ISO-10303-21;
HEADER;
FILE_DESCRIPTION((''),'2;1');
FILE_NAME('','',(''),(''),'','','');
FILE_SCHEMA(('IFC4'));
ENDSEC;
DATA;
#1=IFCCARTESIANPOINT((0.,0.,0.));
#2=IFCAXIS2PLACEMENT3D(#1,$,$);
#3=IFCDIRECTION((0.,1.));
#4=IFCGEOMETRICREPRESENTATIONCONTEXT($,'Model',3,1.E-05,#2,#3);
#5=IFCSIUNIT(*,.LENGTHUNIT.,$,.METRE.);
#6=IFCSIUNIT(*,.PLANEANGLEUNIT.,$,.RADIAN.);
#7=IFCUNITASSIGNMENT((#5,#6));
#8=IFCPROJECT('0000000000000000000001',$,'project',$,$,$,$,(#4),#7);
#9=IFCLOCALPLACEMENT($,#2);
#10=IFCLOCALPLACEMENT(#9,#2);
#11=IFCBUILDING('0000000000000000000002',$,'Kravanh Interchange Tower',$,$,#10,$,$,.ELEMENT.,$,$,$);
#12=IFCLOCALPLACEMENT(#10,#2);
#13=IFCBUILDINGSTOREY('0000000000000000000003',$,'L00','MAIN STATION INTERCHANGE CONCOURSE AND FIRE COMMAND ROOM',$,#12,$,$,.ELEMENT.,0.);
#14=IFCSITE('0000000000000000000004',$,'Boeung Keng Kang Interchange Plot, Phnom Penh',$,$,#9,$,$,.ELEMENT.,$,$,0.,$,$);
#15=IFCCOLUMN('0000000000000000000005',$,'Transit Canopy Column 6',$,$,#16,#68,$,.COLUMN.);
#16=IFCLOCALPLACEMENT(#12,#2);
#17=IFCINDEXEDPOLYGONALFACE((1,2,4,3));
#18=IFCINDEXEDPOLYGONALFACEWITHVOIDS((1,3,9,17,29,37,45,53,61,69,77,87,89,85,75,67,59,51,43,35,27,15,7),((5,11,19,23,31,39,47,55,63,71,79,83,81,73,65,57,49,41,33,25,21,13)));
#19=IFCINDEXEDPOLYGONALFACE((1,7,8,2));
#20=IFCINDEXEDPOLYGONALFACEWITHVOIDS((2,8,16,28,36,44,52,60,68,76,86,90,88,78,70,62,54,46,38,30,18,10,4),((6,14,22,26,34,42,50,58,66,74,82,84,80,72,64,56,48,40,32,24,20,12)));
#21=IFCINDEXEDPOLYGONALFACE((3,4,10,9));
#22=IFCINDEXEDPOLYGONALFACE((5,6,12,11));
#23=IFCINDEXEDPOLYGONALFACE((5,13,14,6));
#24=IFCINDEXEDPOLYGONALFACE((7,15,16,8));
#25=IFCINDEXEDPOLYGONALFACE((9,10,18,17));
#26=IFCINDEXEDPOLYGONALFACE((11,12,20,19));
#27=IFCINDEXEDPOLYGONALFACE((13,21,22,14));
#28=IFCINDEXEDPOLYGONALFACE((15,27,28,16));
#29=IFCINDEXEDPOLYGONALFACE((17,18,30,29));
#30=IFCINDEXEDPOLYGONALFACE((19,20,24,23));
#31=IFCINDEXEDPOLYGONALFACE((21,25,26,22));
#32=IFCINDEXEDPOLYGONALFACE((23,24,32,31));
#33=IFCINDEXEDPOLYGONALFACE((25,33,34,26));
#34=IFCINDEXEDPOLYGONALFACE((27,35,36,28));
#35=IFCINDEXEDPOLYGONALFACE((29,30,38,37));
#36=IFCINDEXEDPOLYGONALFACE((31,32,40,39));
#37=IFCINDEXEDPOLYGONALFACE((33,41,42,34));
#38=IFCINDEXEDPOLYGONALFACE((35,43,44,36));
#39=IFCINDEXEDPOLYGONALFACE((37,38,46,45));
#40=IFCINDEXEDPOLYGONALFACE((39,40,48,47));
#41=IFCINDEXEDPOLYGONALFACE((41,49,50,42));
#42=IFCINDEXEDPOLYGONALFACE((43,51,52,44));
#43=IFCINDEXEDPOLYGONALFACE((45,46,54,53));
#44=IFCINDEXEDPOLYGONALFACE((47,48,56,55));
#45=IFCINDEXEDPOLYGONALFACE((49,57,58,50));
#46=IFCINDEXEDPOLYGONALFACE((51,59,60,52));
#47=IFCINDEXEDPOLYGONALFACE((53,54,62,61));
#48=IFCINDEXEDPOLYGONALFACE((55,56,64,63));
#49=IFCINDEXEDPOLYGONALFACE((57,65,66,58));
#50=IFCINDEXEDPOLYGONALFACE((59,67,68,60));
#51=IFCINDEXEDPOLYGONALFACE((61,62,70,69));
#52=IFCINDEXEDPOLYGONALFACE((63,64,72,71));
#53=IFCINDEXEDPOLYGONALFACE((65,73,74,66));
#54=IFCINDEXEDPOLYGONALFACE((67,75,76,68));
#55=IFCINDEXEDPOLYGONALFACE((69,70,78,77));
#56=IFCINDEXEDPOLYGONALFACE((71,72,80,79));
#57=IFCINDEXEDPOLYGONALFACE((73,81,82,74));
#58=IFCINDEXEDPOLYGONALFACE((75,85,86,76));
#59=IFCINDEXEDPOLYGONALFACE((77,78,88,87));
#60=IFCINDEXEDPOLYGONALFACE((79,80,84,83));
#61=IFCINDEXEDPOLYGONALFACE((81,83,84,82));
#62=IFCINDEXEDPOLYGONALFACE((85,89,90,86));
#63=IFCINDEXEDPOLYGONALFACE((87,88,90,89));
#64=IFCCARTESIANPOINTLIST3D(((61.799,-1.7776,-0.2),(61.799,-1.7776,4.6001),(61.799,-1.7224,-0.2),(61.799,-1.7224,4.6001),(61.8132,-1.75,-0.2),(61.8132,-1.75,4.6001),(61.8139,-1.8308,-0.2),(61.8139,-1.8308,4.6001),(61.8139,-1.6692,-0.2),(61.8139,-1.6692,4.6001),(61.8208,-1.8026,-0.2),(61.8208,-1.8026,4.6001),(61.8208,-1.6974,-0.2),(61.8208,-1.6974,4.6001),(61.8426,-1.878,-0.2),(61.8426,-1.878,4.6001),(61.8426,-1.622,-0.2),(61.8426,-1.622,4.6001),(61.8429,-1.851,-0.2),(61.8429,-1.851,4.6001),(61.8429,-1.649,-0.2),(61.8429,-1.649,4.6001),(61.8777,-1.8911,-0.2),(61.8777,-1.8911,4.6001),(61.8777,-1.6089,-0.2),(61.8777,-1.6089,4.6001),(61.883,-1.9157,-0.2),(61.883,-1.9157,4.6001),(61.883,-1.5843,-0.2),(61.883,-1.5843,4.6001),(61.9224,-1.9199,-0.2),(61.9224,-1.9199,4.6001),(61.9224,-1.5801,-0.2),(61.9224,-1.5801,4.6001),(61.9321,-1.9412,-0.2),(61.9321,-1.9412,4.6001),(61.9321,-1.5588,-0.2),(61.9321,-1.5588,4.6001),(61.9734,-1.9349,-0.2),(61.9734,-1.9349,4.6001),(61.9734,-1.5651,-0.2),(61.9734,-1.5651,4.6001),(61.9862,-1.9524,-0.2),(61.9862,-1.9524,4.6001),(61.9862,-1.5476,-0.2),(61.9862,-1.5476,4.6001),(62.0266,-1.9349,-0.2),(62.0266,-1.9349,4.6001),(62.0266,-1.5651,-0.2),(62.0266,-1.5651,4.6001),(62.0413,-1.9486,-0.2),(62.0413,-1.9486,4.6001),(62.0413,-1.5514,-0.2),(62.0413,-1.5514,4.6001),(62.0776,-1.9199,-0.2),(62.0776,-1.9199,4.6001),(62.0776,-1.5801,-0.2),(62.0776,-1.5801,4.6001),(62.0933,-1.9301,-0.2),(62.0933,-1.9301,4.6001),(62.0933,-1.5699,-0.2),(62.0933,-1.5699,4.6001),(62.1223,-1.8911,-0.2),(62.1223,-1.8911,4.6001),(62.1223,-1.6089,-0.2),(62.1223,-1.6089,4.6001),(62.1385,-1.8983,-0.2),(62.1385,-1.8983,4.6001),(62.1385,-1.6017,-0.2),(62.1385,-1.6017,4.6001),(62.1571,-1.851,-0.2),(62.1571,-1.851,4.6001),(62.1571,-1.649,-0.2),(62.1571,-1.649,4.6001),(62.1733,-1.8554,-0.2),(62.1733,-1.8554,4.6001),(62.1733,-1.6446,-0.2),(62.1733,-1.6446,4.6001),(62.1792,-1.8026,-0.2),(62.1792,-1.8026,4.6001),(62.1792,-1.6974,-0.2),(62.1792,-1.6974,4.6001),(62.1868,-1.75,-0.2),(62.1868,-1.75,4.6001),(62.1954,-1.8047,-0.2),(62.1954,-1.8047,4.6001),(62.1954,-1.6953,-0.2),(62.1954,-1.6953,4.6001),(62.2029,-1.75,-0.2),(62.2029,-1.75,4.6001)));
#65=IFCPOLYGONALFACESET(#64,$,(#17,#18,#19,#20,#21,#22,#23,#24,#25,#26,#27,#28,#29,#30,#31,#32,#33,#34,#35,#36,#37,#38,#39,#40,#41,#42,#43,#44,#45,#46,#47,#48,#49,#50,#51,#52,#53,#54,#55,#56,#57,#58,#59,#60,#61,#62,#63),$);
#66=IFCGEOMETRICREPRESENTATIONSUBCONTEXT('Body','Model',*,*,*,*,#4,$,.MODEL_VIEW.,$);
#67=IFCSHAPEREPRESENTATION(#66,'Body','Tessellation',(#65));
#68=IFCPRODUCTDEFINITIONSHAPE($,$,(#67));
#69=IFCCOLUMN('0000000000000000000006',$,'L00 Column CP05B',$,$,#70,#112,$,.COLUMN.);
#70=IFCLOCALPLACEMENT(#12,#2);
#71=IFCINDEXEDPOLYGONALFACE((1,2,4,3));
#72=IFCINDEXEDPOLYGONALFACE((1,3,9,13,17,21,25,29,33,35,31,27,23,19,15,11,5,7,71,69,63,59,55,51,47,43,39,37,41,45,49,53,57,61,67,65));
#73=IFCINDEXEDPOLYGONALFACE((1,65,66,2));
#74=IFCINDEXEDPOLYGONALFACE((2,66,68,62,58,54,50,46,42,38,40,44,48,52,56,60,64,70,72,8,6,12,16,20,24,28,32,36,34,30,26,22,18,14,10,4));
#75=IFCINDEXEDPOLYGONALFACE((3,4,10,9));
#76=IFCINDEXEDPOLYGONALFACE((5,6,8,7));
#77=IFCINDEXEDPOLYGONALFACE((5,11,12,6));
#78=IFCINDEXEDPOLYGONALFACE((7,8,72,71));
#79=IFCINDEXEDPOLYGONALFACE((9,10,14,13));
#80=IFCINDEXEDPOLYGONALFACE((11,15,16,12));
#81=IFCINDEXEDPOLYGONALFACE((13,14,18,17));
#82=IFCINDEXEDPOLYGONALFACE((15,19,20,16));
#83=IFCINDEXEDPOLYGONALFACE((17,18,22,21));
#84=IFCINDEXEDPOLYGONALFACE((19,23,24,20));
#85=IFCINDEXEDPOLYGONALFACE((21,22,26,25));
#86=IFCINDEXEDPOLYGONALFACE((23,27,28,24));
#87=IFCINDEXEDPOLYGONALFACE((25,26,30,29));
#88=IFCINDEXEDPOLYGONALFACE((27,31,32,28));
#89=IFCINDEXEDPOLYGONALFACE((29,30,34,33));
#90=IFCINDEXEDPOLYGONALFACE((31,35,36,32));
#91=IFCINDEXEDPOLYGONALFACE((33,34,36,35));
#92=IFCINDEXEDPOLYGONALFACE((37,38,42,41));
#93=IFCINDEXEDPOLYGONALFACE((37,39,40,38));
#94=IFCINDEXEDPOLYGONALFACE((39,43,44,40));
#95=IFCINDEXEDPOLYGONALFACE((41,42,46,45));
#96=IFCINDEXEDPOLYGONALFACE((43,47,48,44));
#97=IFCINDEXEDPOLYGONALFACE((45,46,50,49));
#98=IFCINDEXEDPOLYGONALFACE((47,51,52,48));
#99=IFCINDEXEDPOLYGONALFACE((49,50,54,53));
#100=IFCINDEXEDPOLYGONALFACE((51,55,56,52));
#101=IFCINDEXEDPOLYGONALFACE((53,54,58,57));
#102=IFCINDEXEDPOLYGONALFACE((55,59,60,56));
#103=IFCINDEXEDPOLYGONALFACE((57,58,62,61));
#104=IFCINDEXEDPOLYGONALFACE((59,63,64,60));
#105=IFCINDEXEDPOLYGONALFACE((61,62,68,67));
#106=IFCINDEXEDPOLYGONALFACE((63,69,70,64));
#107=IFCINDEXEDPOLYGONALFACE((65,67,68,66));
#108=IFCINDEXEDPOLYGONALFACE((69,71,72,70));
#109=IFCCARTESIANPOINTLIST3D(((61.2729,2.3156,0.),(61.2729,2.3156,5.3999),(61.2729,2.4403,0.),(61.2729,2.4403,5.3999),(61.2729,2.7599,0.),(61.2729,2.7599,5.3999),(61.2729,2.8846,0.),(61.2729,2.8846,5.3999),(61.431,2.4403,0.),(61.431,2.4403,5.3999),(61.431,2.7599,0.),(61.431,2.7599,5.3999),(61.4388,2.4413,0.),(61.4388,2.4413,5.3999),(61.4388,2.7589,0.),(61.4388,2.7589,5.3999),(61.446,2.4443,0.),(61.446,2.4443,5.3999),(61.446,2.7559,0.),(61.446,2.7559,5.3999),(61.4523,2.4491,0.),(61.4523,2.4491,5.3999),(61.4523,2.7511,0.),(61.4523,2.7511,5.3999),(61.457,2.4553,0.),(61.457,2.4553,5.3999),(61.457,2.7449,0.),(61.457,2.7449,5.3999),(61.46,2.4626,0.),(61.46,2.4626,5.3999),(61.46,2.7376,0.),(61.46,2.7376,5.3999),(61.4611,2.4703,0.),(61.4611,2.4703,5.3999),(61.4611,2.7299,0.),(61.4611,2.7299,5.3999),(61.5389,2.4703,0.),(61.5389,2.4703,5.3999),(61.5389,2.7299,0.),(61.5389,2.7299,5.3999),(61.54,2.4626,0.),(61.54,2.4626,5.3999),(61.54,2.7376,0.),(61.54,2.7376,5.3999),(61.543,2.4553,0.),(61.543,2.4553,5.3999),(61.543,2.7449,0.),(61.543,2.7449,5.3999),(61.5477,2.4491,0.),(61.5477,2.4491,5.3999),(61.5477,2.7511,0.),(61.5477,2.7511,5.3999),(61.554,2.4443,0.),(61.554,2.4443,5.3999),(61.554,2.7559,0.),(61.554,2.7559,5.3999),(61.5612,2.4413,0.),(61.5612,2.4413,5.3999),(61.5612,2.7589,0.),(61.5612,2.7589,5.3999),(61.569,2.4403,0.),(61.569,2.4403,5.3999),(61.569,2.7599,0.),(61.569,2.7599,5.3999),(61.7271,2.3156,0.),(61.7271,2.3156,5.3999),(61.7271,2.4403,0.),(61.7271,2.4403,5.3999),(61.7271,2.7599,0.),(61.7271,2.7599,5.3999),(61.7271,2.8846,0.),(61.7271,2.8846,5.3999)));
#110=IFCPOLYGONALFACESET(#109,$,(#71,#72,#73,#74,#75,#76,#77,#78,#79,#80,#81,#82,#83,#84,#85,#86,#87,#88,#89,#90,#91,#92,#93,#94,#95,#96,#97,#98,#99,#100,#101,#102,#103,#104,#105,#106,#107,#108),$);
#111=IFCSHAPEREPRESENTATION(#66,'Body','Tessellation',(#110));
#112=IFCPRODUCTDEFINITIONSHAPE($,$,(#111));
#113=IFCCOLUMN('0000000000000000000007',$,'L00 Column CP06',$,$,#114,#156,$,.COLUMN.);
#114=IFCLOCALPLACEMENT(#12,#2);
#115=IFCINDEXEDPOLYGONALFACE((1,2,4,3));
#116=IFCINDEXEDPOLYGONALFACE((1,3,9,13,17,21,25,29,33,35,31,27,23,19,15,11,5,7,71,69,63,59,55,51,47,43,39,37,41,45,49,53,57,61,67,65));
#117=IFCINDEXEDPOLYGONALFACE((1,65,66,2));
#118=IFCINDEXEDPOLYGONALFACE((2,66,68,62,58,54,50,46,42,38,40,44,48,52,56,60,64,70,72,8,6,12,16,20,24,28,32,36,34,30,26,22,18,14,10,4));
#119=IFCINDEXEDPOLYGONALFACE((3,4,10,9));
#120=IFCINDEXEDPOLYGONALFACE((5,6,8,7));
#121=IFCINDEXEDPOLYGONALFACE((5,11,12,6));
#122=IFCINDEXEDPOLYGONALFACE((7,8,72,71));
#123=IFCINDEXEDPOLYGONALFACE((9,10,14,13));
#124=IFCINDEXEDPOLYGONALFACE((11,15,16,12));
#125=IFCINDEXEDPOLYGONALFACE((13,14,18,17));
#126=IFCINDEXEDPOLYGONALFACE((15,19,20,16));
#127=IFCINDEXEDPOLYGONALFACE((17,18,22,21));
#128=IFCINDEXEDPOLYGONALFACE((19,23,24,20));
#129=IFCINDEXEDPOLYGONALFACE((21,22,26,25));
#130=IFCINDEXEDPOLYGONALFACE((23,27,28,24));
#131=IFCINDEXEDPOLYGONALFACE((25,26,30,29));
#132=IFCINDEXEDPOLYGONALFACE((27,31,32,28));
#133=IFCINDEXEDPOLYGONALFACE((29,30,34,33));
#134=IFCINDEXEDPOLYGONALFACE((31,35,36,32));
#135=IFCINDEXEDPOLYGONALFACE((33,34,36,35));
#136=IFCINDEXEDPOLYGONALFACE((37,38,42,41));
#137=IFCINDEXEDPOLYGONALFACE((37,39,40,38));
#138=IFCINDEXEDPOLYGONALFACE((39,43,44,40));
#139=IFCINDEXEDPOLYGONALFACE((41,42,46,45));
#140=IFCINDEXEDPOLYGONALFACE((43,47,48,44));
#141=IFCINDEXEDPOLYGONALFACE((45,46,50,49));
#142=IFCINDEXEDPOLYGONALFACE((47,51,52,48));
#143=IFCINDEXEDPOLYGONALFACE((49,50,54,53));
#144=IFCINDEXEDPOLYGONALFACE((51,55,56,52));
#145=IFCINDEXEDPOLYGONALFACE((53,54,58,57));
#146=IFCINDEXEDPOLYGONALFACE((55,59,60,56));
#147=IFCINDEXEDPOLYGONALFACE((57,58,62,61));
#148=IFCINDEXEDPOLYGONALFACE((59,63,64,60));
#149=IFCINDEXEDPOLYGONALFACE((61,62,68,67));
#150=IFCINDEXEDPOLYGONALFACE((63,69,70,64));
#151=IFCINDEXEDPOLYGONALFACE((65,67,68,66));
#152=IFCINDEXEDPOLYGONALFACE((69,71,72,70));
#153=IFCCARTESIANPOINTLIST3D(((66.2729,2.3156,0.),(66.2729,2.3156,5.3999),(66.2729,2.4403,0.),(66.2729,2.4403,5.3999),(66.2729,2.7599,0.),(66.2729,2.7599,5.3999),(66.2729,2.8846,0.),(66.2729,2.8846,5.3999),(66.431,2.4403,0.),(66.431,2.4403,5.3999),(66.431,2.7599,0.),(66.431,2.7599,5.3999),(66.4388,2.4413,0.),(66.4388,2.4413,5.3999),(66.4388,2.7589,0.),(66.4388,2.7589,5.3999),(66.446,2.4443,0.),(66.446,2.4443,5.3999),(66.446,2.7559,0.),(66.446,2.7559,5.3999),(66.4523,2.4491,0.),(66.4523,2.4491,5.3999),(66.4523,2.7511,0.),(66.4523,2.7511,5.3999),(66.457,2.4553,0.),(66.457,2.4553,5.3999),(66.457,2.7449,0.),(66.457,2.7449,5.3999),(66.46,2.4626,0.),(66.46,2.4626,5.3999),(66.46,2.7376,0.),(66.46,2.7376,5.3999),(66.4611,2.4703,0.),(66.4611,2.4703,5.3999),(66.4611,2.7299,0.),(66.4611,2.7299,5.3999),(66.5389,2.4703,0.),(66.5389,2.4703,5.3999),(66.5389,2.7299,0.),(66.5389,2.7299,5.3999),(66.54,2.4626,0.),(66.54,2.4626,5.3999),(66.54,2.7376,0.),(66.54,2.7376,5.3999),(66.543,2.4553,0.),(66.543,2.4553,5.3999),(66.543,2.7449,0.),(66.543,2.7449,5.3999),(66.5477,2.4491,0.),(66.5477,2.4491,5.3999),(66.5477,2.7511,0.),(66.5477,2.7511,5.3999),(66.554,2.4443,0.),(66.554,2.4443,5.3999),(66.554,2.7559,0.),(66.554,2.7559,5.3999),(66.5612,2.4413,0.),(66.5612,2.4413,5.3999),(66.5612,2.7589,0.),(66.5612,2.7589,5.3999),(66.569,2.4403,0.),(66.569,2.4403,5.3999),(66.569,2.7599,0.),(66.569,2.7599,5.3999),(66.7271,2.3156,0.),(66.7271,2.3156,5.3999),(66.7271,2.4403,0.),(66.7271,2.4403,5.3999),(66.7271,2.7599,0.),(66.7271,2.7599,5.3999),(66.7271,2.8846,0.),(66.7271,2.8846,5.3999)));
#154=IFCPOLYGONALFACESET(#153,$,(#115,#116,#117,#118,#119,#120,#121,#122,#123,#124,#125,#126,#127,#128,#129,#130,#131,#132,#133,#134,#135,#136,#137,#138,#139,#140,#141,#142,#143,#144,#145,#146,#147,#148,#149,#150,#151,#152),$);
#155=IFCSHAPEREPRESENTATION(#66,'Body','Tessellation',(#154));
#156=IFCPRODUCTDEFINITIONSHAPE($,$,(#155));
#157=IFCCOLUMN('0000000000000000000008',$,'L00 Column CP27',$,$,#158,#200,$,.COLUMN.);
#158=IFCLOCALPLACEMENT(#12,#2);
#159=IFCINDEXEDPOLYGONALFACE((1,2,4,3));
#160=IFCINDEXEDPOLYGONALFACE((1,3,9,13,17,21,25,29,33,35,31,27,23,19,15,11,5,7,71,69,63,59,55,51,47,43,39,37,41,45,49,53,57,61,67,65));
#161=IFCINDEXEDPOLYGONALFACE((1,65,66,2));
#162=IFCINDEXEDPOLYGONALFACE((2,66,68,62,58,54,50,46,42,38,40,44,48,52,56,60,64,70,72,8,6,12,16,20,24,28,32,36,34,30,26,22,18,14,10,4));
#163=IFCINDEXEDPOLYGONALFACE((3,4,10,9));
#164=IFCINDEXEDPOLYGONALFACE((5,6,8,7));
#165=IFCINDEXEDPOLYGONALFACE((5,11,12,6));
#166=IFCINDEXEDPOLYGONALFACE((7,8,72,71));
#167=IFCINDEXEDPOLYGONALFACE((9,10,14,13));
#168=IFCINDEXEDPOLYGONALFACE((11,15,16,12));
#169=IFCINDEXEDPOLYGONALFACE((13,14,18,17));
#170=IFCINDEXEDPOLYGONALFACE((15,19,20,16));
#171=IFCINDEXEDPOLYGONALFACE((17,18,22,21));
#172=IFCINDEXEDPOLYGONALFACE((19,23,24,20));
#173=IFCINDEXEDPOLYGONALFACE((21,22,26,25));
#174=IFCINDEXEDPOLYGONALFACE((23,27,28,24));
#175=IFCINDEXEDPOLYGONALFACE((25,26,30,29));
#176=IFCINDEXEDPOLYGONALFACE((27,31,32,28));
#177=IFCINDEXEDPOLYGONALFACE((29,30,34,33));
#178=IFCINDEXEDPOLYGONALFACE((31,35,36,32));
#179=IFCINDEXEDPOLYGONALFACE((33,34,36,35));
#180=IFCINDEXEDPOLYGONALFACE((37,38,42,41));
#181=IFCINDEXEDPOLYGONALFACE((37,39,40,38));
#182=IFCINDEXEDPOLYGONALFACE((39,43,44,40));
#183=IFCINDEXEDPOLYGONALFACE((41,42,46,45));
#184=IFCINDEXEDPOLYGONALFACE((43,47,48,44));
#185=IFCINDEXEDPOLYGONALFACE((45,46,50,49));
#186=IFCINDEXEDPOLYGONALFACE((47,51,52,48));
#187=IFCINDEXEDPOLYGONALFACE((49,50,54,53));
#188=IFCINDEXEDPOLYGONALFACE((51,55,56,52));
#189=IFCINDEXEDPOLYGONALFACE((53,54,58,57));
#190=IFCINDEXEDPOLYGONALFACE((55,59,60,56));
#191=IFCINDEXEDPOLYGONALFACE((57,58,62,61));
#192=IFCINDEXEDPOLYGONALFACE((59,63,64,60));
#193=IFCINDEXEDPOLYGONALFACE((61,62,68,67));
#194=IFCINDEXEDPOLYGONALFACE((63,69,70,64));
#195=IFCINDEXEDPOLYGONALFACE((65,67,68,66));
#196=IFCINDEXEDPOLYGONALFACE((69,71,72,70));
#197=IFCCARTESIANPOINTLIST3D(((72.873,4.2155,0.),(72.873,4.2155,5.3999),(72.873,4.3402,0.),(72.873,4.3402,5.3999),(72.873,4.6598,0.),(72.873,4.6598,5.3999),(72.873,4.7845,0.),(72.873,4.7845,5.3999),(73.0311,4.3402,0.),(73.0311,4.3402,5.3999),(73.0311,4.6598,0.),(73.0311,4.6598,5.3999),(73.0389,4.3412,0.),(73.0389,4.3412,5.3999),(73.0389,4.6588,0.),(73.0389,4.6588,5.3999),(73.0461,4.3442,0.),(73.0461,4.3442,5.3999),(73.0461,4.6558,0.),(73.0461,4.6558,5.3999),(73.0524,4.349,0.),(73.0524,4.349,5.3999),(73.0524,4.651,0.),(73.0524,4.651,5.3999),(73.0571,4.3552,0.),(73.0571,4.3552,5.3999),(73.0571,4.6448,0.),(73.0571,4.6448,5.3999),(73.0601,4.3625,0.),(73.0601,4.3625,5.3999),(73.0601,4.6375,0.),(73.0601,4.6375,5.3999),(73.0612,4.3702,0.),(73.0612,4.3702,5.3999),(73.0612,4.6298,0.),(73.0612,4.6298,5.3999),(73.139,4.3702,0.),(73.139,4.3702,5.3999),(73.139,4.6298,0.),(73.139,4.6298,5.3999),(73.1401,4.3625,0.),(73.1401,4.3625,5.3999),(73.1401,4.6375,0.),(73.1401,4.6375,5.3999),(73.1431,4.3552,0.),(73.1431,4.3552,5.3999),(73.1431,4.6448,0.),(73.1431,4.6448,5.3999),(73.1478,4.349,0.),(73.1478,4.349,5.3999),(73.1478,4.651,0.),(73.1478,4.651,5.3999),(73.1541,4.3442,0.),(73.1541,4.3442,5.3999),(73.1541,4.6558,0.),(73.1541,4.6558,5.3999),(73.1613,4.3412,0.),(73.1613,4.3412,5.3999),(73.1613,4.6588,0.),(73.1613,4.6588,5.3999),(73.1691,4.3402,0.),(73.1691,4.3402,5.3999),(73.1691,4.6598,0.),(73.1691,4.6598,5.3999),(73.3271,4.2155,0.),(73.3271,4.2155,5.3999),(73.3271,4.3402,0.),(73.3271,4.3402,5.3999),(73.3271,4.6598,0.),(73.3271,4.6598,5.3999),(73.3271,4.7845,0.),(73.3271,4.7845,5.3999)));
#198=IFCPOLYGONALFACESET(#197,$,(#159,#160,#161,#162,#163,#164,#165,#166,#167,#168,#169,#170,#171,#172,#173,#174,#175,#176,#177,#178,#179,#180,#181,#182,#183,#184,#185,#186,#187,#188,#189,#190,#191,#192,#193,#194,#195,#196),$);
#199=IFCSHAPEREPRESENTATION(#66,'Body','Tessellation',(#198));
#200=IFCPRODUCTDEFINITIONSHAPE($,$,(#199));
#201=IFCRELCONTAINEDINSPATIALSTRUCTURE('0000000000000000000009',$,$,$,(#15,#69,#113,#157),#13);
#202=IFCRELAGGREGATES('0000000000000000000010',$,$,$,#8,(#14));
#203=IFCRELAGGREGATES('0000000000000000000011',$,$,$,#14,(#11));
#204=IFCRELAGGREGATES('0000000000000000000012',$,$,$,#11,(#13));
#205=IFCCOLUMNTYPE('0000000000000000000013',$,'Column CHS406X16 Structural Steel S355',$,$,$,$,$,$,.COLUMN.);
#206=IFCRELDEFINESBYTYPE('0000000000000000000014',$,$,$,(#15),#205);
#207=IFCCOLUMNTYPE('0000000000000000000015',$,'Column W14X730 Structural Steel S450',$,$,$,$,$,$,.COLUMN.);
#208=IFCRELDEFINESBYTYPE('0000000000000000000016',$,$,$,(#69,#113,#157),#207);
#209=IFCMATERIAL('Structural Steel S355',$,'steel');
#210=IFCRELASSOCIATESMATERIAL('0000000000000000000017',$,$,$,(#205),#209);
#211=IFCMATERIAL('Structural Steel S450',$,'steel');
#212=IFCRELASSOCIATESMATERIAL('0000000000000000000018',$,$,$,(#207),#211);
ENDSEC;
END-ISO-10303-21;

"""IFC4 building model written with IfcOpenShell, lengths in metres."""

from ifc_helpers import new_model, si_unit, direction, frame, origin, origin_2d, place, context, subcontext, project, spatial, hollow_circle, i_section, extrude, material, material_profile, profile_set, type_object, element, save


model = new_model("IFC4")

# Units and contexts
model_context = context("Model", 3, precision=1e-05, world=origin(), true_north=direction((0.0, 1.0)))
body_context = subcontext(model_context, "Body", "Model", "MODEL_VIEW")
ifc_project = project(units=[si_unit("LENGTHUNIT", "METRE"), si_unit("PLANEANGLEUNIT", "RADIAN")], contexts=[model_context])

# Site, building, storey
site_placement = place(None, origin())
site = spatial("IfcSite", under=ifc_project, at=site_placement, Name="Boeung Keng Kang Interchange Plot, Phnom Penh", CompositionType="ELEMENT", RefElevation=0.0)
building_placement = place(site_placement, origin())
building = spatial("IfcBuilding", under=site, at=building_placement, Name="Kravanh Interchange Tower", CompositionType="ELEMENT")
storey_placement = place(building_placement, origin())
storey = spatial("IfcBuildingStorey", under=building, at=storey_placement, Name="L00", Description="MAIN STATION INTERCHANGE CONCOURSE AND FIRE COMMAND ROOM", CompositionType="ELEMENT", Elevation=0.0)

# Columns
ifc_material_1 = material(Name="Structural Steel S355", Category="steel")
ifc_material_profile_1 = material_profile(ifc_material_1, hollow_circle(Radius=0.2029, WallThickness=0.0161, at=origin_2d()), Name="CHS406X16")
ifc_profile_set_1 = profile_set([ifc_material_profile_1], Name="Structural Steel S355")
column_type_1 = type_object("IfcColumnType", Name="Column CHS406X16 Structural Steel S355", PredefinedType="COLUMN", material=ifc_profile_set_1)
column_placement = place(storey_placement, frame((62.0, -1.75, -0.2), z_axis=(0.0, 0.0, 1.0), x_axis=(1.0, 0.0, 0.0)))
element("IfcColumn", 1, at=column_placement, inside=storey, type_object=column_type_1, Name="Transit Canopy Column 6", PredefinedType="COLUMN", context=body_context, shape_type="SweptSolid", body=[
    extrude(hollow_circle(Radius=0.2029, WallThickness=0.0161, at=origin_2d()), origin(), (0.0, 0.0, 1.0), 4.8),
])
ifc_material_2 = material(Name="Structural Steel S450", Category="steel")
ifc_material_profile_2 = material_profile(ifc_material_2, i_section(OverallWidth=0.4541, OverallDepth=0.5691, WebThickness=0.0779, FlangeThickness=0.1248, FilletRadius=0.03, at=origin_2d()), Name="W14X730")
ifc_profile_set_2 = profile_set([ifc_material_profile_2], Name="Structural Steel S450")
column_type_2 = type_object("IfcColumnType", Name="Column W14X730 Structural Steel S450", PredefinedType="COLUMN", material=ifc_profile_set_2)
for number, where, z_axis, x_axis, name in (
    (2, (61.5, 2.6001, 0.0), (0.0, 0.0, 1.0), (1.0, 0.0, 0.0), "L00 Column CP05B"),
    (3, (66.5, 2.6001, 0.0), (0.0, 0.0, 1.0), (1.0, 0.0, 0.0), "L00 Column CP06"),
    (4, (73.1001, 4.5, 0.0), (0.0, 0.0, 1.0), (1.0, 0.0, 0.0), "L00 Column CP27"),
):
    element("IfcColumn", number, at=place(storey_placement, frame(where, z_axis=z_axis, x_axis=x_axis)), inside=storey, type_object=column_type_2, Name=name, PredefinedType="COLUMN", context=body_context, shape_type="SweptSolid", body=[
        extrude(i_section(OverallWidth=0.4541, OverallDepth=0.5691, WebThickness=0.0779, FlangeThickness=0.1248, FilletRadius=0.03, at=origin_2d()), origin(), (0.0, 0.0, 1.0), 5.3999),
    ])

save(model, "model.ifc")
